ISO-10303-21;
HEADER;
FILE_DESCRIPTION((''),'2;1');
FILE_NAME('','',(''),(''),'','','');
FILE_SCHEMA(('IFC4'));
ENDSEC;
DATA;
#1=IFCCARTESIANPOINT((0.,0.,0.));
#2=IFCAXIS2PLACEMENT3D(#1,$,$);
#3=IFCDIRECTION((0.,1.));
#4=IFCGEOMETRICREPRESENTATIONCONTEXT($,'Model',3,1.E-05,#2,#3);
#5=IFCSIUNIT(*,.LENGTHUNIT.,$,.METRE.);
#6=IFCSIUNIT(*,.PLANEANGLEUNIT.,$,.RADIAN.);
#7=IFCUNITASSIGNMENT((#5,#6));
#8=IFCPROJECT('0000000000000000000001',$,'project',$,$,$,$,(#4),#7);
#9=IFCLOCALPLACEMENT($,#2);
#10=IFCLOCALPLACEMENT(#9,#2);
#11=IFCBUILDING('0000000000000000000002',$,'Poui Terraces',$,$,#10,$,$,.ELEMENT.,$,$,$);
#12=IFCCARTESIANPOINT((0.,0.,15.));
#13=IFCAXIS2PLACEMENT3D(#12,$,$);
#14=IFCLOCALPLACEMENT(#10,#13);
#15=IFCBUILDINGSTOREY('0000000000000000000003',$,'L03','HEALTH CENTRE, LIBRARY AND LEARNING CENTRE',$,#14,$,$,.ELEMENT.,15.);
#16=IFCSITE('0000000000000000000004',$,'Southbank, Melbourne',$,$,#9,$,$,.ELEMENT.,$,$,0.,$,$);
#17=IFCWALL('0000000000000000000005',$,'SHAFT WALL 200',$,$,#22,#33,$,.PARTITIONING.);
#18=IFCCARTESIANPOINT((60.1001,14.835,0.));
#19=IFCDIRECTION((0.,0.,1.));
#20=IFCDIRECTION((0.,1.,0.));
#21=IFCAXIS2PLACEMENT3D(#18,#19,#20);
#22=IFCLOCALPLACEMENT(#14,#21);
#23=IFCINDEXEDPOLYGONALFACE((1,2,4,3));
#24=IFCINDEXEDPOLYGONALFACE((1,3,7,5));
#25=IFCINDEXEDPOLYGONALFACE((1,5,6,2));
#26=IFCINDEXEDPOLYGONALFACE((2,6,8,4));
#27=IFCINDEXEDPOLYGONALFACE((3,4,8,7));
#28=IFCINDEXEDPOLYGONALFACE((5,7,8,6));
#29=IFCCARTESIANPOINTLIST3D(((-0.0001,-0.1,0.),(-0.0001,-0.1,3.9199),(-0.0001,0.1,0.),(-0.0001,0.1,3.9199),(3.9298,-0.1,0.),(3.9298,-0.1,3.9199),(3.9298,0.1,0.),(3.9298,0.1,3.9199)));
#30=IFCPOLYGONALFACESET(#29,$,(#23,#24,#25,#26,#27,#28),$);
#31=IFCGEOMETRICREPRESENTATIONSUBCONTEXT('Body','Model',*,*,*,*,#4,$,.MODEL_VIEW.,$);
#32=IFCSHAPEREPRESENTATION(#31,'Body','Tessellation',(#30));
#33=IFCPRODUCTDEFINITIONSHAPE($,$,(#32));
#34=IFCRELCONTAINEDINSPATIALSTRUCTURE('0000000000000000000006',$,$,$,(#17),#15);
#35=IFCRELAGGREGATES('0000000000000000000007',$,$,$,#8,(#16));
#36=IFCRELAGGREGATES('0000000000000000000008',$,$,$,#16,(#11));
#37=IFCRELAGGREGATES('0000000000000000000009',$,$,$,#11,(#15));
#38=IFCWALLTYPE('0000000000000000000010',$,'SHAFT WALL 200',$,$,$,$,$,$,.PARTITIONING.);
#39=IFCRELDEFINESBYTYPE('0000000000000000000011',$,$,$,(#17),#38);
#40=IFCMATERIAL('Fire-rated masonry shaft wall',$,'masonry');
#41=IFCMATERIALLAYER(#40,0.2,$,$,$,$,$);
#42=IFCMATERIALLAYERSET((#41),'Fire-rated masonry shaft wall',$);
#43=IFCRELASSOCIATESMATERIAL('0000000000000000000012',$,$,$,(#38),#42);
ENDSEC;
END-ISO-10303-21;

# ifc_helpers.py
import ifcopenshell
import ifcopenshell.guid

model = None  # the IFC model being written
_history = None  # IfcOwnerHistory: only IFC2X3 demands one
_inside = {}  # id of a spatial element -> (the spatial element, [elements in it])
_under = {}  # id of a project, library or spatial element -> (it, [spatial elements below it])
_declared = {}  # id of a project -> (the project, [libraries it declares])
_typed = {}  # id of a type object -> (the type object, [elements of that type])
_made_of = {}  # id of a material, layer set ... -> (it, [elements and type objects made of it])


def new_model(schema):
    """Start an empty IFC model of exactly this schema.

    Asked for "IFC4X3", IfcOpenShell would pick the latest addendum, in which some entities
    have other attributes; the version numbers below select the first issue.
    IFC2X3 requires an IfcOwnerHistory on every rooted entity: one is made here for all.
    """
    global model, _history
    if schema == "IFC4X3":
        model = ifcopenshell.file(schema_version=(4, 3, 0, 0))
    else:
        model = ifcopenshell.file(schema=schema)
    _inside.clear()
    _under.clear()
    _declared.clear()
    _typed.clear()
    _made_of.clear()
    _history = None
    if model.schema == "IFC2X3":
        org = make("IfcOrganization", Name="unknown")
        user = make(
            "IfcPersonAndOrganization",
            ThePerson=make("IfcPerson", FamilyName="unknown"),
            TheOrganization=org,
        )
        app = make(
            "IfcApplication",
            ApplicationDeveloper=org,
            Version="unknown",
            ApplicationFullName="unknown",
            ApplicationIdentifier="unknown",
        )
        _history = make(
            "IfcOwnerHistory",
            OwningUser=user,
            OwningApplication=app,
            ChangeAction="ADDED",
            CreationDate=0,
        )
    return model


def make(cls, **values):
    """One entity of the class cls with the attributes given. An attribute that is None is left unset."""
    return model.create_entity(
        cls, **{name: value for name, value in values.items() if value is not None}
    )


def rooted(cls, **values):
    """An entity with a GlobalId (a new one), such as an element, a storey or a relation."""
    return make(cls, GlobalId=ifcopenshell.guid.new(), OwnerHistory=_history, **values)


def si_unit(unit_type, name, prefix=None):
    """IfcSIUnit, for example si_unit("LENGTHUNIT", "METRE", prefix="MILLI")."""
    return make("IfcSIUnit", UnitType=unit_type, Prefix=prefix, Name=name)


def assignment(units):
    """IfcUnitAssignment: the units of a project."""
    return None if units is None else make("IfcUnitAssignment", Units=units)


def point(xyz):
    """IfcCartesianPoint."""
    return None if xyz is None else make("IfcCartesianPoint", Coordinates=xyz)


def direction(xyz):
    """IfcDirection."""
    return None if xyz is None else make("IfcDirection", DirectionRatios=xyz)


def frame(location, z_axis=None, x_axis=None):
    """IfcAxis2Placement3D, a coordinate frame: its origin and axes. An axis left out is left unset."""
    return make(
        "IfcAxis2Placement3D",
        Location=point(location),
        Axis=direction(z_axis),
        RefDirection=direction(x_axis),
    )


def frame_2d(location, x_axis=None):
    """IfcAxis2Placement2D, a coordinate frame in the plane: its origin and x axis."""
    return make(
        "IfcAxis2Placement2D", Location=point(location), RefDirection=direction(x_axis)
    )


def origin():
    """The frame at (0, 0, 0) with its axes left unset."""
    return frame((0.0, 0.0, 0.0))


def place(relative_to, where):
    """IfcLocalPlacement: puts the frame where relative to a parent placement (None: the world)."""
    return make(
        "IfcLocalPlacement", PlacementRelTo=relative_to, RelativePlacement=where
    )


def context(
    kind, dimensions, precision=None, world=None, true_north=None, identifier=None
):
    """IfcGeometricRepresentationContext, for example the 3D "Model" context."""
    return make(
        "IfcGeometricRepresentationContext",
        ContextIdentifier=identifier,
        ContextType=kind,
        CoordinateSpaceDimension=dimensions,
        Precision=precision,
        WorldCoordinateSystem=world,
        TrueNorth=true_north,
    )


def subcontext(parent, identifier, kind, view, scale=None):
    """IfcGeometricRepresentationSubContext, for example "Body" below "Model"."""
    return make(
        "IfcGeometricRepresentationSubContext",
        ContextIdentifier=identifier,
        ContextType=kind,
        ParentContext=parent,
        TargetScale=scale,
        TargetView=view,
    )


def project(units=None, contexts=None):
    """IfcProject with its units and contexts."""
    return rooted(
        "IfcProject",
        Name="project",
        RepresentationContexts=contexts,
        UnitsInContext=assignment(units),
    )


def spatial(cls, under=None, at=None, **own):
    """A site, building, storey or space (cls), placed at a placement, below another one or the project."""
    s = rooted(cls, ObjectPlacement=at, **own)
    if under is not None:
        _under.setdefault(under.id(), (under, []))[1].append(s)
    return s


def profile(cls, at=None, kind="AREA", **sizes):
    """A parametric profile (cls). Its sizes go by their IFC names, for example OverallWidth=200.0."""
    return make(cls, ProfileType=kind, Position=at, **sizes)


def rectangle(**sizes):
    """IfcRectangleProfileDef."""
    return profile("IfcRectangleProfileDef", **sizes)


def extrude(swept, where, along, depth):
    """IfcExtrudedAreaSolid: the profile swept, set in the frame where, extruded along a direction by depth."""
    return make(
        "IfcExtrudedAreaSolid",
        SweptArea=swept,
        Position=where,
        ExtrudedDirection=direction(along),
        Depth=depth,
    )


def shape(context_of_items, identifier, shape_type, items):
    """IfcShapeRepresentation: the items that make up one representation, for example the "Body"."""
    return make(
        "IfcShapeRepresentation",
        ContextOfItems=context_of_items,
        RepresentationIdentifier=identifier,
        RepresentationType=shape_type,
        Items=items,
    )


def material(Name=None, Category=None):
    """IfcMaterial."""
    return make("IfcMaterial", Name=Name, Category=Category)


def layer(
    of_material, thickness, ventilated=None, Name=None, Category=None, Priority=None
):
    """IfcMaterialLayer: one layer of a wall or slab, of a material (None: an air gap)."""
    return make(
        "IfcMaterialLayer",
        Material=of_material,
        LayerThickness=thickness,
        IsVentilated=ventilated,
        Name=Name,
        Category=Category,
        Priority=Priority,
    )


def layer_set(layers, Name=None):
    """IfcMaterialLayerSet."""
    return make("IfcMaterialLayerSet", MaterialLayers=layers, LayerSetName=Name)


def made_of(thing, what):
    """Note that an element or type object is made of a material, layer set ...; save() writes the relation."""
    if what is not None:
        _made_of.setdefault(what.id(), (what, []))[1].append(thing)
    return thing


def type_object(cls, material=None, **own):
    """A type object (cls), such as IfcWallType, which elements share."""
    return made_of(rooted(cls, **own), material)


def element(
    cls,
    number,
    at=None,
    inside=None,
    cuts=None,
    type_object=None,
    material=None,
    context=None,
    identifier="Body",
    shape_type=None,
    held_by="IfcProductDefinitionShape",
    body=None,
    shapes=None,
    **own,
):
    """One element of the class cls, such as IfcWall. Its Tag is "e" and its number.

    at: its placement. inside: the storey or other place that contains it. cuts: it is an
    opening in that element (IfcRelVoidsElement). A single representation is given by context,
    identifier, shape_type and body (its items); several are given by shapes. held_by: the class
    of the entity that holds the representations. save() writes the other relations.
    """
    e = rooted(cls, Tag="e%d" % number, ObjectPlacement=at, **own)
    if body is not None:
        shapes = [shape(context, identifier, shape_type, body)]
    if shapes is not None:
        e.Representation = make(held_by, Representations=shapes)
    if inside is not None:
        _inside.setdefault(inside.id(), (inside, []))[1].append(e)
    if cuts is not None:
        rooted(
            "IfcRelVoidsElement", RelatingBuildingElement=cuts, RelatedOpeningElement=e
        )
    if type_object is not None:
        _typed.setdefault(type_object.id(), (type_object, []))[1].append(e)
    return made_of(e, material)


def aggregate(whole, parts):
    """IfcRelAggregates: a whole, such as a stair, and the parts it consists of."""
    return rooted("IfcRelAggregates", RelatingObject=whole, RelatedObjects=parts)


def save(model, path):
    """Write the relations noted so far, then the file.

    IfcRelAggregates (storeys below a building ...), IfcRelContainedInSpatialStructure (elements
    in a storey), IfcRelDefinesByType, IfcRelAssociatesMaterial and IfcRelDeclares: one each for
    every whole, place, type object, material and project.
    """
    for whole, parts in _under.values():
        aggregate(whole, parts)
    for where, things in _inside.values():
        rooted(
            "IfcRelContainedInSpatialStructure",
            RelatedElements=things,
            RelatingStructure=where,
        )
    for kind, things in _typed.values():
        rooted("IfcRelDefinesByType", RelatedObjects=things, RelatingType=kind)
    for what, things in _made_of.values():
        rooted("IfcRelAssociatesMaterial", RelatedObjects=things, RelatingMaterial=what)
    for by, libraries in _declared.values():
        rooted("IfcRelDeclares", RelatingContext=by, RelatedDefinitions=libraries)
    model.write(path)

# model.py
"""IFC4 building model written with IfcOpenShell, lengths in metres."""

from ifc_helpers import new_model, si_unit, direction, frame, frame_2d, origin, place, context, subcontext, project, spatial, rectangle, extrude, material, layer, layer_set, type_object, element, save


model = new_model("IFC4")

# Units and contexts
model_context = context("Model", 3, precision=1e-05, world=origin(), true_north=direction((0.0, 1.0)))
body_context = subcontext(model_context, "Body", "Model", "MODEL_VIEW")
ifc_project = project(units=[si_unit("LENGTHUNIT", "METRE"), si_unit("PLANEANGLEUNIT", "RADIAN")], contexts=[model_context])

# Site, building, storey
site_placement = place(None, origin())
site = spatial("IfcSite", under=ifc_project, at=site_placement, Name="Southbank, Melbourne", CompositionType="ELEMENT", RefElevation=0.0)
building_placement = place(site_placement, origin())
building = spatial("IfcBuilding", under=site, at=building_placement, Name="Poui Terraces", CompositionType="ELEMENT")
storey_placement = place(building_placement, frame((0.0, 0.0, 15.0)))
storey = spatial("IfcBuildingStorey", under=building, at=storey_placement, Name="L03", Description="HEALTH CENTRE, LIBRARY AND LEARNING CENTRE", CompositionType="ELEMENT", Elevation=15.0)

# Wall
ifc_material_1 = material(Name="Fire-rated masonry shaft wall", Category="masonry")
ifc_layer_1 = layer(ifc_material_1, 0.2)
ifc_layer_set_1 = layer_set([ifc_layer_1], Name="Fire-rated masonry shaft wall")
wall_type_1 = type_object("IfcWallType", Name="SHAFT WALL 200", PredefinedType="PARTITIONING", material=ifc_layer_set_1)
wall_1_placement = place(storey_placement, frame((60.1001, 14.835, 0.0), z_axis=(0.0, 0.0, 1.0), x_axis=(0.0, 1.0, 0.0)))
element("IfcWall", 1, at=wall_1_placement, inside=storey, type_object=wall_type_1, Name="SHAFT WALL 200", PredefinedType="PARTITIONING", context=body_context, shape_type="SweptSolid", body=[
    extrude(rectangle(XDim=3.9299, YDim=0.2, at=frame_2d((1.9648, 0.0))), origin(), (0.0, 0.0, 1.0), 3.9199),
])

save(model, "model.ifc")
